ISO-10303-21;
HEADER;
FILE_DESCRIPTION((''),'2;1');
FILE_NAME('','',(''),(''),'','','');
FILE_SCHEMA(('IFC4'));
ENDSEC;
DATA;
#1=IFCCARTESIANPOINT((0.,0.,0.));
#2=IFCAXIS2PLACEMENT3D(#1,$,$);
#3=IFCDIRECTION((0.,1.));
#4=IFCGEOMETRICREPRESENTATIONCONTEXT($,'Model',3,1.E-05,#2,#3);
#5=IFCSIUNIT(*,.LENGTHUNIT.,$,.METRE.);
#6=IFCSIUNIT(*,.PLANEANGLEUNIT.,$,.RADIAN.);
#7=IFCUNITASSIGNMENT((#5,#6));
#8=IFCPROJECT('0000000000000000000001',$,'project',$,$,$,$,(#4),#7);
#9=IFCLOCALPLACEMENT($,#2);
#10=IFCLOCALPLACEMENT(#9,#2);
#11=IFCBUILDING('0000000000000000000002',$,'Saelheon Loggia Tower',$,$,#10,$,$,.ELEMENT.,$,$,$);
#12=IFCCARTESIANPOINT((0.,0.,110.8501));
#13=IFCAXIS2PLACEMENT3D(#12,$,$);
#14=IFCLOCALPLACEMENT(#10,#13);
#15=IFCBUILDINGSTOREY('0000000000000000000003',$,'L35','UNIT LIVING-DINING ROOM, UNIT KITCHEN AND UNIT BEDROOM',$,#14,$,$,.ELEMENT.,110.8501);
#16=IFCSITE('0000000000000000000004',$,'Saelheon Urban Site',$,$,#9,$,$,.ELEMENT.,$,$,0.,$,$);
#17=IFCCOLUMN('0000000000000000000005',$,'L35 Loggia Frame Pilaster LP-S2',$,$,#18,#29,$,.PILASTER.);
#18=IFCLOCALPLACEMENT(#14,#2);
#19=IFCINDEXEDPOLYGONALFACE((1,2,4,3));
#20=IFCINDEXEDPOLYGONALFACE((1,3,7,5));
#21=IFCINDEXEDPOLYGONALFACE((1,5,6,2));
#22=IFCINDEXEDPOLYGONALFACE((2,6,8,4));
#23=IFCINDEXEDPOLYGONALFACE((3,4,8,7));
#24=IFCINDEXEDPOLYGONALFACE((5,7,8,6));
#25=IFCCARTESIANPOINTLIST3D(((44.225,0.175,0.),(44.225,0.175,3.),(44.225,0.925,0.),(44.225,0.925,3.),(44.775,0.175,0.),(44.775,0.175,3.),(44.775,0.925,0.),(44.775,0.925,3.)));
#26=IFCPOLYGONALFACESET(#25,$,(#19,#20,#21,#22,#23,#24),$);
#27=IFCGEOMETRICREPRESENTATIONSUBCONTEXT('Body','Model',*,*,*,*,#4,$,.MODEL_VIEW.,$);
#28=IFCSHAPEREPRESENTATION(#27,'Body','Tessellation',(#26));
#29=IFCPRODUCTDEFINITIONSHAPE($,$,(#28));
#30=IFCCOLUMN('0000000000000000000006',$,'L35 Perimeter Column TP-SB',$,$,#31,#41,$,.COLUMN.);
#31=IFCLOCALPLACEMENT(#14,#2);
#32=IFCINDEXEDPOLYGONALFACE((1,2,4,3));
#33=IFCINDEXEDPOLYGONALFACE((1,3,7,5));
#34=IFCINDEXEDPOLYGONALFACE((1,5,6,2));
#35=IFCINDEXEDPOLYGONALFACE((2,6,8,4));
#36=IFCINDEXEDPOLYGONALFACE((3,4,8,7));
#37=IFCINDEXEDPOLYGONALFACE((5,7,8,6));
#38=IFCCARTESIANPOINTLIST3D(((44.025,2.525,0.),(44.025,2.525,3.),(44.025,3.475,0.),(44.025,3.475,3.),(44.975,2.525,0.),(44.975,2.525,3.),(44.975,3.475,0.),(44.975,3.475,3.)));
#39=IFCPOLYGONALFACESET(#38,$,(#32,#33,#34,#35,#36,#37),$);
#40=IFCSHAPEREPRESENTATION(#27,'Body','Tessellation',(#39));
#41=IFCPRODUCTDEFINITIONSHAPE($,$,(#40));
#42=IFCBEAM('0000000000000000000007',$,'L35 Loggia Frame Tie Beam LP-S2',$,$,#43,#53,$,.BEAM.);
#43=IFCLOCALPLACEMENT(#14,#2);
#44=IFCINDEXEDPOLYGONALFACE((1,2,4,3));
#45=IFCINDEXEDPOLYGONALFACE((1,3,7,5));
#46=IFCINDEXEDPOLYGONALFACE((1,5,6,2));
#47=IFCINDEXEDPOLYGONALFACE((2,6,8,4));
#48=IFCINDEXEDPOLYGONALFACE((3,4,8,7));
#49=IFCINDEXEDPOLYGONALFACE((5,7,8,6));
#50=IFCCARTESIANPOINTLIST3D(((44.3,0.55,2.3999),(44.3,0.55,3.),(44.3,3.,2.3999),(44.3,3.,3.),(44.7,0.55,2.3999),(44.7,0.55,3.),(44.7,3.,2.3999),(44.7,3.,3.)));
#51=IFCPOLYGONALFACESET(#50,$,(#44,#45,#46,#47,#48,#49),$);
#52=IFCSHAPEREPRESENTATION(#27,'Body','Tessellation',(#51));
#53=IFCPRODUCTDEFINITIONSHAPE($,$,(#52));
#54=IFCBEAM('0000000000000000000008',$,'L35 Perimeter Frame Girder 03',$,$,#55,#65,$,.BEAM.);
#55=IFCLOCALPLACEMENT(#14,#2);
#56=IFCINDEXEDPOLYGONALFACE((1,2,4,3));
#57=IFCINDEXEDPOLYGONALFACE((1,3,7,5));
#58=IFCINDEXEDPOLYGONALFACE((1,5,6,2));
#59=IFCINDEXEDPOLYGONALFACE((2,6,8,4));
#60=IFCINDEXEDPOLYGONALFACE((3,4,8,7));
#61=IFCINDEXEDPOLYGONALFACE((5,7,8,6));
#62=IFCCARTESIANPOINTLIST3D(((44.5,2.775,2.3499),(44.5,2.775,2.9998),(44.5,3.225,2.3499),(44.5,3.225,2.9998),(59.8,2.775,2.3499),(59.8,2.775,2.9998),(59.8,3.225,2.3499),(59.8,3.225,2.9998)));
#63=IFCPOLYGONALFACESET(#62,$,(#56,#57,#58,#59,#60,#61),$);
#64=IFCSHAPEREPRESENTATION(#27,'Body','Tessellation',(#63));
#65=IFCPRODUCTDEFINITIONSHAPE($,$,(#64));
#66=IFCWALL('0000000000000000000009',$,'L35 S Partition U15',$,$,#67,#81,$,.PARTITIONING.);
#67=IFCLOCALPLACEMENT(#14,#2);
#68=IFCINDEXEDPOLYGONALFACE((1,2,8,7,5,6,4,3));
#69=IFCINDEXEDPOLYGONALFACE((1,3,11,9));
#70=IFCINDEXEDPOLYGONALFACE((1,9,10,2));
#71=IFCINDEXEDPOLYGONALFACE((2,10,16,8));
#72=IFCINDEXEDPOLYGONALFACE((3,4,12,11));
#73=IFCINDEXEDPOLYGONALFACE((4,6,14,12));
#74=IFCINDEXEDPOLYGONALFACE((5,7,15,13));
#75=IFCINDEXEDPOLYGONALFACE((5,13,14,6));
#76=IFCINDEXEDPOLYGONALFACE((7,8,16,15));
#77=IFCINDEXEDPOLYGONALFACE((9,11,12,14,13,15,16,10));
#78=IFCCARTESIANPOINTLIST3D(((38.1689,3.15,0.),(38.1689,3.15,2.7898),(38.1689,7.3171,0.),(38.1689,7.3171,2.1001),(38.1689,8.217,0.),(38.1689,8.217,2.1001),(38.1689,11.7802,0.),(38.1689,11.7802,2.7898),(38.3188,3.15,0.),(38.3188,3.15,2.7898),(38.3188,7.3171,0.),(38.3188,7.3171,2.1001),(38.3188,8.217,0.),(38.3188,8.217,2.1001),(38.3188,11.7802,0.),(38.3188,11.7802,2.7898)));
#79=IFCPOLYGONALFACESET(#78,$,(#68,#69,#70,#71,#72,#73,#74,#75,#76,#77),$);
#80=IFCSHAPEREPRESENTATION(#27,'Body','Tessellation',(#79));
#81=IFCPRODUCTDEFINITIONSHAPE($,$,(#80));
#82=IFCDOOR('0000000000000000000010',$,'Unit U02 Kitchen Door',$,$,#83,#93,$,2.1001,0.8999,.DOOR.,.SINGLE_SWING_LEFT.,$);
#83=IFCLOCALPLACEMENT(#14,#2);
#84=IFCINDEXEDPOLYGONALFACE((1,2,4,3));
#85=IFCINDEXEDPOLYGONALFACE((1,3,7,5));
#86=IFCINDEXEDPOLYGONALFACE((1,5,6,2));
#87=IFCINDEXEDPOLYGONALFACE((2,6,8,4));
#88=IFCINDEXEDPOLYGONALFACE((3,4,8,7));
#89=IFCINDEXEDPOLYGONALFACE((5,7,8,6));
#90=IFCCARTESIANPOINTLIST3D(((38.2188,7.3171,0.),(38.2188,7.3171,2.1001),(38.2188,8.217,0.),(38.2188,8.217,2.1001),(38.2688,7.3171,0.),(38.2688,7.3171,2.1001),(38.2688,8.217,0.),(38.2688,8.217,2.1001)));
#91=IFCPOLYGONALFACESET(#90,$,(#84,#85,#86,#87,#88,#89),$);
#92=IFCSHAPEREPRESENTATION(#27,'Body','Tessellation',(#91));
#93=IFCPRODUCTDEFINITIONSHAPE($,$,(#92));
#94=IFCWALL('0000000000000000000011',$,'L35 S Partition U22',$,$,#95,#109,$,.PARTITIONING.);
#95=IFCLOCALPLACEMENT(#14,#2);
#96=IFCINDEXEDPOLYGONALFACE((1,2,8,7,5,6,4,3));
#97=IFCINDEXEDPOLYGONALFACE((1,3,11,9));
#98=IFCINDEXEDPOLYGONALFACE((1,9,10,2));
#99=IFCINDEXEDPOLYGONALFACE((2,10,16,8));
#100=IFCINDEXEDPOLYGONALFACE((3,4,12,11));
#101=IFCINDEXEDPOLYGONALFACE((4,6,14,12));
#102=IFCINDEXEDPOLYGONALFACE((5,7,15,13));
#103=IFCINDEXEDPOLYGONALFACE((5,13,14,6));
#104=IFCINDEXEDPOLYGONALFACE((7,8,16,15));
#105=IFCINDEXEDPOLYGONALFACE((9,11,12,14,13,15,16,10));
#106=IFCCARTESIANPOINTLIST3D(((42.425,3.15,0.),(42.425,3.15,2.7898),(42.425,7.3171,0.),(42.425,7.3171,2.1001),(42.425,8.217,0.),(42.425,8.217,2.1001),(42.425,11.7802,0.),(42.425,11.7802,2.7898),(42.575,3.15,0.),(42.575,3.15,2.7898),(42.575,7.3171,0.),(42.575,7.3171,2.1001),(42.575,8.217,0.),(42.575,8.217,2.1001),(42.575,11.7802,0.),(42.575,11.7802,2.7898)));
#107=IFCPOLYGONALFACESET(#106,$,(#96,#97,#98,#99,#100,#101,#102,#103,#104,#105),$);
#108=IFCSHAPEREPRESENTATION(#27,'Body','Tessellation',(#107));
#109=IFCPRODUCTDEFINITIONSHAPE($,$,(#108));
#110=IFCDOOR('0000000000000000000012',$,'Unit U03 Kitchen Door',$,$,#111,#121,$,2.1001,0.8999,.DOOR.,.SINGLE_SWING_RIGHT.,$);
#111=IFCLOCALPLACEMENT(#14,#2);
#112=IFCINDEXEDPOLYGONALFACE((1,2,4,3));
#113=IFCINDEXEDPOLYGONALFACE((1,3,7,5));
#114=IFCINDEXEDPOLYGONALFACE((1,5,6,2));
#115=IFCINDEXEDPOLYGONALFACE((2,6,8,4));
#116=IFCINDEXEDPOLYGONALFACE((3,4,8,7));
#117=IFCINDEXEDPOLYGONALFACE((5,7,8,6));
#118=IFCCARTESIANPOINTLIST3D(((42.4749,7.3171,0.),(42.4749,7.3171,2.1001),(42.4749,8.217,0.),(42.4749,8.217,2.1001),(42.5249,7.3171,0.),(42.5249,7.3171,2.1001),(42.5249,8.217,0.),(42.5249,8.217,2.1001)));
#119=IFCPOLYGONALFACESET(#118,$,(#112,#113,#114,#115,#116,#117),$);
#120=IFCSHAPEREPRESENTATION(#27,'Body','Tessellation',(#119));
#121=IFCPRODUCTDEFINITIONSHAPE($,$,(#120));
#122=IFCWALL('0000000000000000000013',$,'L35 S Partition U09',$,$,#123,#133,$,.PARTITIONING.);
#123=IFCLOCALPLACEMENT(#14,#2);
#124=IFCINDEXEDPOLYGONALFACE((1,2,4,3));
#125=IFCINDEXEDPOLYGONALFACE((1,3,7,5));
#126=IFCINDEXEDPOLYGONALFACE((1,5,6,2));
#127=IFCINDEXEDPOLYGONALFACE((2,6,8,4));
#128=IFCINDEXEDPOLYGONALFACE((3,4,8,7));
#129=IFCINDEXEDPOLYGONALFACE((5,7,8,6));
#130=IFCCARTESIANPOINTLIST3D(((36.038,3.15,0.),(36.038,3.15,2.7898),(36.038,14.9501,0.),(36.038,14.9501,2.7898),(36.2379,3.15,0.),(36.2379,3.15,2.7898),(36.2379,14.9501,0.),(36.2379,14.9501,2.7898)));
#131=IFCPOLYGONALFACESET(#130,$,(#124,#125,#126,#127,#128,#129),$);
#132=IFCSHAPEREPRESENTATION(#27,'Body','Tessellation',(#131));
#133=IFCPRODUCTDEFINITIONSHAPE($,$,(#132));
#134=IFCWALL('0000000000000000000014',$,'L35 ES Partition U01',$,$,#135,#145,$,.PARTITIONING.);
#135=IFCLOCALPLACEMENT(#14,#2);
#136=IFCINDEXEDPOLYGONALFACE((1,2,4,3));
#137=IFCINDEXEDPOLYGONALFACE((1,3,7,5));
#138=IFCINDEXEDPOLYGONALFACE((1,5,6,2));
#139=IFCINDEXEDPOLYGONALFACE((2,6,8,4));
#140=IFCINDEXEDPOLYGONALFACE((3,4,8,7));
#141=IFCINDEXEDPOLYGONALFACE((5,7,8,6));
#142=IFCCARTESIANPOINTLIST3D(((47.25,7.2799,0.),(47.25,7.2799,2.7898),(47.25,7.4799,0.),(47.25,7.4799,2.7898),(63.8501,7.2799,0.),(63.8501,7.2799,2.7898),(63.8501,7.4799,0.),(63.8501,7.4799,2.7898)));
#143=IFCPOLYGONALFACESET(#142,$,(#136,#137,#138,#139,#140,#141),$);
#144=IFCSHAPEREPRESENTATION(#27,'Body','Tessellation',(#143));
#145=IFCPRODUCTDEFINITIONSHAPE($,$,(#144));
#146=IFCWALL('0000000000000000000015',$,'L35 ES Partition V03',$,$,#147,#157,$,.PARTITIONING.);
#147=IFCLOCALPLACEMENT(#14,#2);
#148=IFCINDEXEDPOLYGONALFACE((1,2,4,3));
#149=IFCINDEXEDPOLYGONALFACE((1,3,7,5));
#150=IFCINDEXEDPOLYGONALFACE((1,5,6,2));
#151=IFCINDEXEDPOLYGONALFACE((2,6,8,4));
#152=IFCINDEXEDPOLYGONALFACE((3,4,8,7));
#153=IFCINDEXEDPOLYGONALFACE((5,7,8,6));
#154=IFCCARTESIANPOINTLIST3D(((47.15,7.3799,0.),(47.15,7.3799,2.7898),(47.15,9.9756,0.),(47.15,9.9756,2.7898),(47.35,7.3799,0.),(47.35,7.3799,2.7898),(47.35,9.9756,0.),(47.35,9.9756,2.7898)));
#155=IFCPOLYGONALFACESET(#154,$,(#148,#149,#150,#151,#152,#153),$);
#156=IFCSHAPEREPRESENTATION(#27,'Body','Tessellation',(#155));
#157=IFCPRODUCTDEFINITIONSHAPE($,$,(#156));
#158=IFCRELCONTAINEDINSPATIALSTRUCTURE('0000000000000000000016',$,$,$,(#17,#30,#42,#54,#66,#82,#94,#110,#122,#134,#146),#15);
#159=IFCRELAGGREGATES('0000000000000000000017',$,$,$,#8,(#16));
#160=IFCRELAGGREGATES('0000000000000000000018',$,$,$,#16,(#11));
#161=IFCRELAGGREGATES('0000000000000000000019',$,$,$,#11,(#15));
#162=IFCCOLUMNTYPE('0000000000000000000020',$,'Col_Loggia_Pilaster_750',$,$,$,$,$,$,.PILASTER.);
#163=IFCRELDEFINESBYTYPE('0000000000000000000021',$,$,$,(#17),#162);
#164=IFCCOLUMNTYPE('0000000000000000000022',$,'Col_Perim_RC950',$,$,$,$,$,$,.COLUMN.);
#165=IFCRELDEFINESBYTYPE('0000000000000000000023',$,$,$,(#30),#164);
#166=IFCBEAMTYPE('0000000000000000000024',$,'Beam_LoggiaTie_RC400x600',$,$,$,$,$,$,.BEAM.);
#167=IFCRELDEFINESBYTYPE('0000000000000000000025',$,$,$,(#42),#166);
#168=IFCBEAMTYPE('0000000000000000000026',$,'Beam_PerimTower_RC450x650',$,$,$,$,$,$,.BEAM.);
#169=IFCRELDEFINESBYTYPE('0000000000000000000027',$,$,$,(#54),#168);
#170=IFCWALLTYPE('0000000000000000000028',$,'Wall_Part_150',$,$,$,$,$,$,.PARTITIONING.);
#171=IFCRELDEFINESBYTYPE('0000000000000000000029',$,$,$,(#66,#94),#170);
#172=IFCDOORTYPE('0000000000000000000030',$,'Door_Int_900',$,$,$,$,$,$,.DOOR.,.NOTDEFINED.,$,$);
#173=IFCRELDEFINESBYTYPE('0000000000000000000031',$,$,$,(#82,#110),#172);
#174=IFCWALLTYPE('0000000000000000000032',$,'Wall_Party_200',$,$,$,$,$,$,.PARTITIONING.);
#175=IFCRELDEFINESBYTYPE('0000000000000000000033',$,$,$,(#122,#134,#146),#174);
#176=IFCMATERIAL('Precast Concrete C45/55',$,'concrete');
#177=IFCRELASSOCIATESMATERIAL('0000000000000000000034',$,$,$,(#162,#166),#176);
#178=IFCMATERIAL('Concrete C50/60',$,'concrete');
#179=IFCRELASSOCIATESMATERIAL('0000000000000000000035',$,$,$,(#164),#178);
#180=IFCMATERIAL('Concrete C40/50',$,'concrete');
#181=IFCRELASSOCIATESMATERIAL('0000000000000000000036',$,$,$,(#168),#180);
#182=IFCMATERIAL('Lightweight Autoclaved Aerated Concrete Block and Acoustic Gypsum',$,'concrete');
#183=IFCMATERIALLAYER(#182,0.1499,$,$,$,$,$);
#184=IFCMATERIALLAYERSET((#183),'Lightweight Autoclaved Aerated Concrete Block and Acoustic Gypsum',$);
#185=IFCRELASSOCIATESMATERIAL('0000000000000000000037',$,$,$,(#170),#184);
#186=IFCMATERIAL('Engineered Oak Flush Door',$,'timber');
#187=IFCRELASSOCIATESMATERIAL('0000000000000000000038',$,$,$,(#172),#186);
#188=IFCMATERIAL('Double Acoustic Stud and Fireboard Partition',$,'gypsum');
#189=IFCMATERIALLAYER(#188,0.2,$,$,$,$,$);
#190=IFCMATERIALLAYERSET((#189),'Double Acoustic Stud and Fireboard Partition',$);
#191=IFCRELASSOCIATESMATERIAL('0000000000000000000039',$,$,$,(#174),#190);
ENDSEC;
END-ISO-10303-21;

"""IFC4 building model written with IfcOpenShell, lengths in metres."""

from ifc_helpers import new_model, si_unit, direction, frame, frame_2d, origin, origin_2d, place, context, subcontext, project, spatial, rectangle, extrude, source, transform, mapped, material, layer, layer_set, material_profile, profile_set, type_object, element, fill, save


model = new_model("IFC4")

# Units and contexts
model_context = context("Model", 3, precision=1e-05, world=origin(), true_north=direction((0.0, 1.0)))
body_context = subcontext(model_context, "Body", "Model", "MODEL_VIEW")
ifc_project = project(units=[si_unit("LENGTHUNIT", "METRE"), si_unit("PLANEANGLEUNIT", "RADIAN")], contexts=[model_context])

# Site, building, storey
site_placement = place(None, origin())
site = spatial("IfcSite", under=ifc_project, at=site_placement, Name="Saelheon Urban Site", CompositionType="ELEMENT", RefElevation=0.0)
building_placement = place(site_placement, origin())
building = spatial("IfcBuilding", under=site, at=building_placement, Name="Saelheon Loggia Tower", CompositionType="ELEMENT")
storey_placement = place(building_placement, frame((0.0, 0.0, 110.8501)))
storey = spatial("IfcBuildingStorey", under=building, at=storey_placement, Name="L35", Description="UNIT LIVING-DINING ROOM, UNIT KITCHEN AND UNIT BEDROOM", CompositionType="ELEMENT", Elevation=110.8501)

# Columns
ifc_material_1 = material(Name="Precast Concrete C45/55", Category="concrete")
ifc_material_profile_1 = material_profile(ifc_material_1, rectangle(XDim=0.55, YDim=0.75, at=origin_2d()), Name="RC-550x750")
ifc_profile_set_1 = profile_set([ifc_material_profile_1], Name="Precast Concrete C45/55")
column_type_1 = type_object("IfcColumnType", Name="Col_Loggia_Pilaster_750", PredefinedType="PILASTER", material=ifc_profile_set_1)
shared_shape_1 = source(origin(), body_context, "Body", "SweptSolid", [
    extrude(rectangle(XDim=0.55, YDim=0.75, at=origin_2d()), origin(), (0.0, 0.0, 1.0), 3.0),
])
column_1_placement = place(storey_placement, frame((44.5, 0.55, 0.0), z_axis=(0.0, 0.0, 1.0), x_axis=(1.0, 0.0, 0.0)))
element("IfcColumn", 1, at=column_1_placement, inside=storey, type_object=column_type_1, Name="L35 Loggia Frame Pilaster LP-S2", PredefinedType="PILASTER", context=body_context, shape_type="MappedRepresentation", body=[
    mapped(shared_shape_1, transform((0.0, 0.0, 0.0), scale=1.0)),
])
ifc_material_2 = material(Name="Concrete C50/60", Category="concrete")
ifc_material_profile_2 = material_profile(ifc_material_2, rectangle(XDim=0.95, YDim=0.95, at=origin_2d()), Name="RC-950x950")
ifc_profile_set_2 = profile_set([ifc_material_profile_2], Name="Concrete C50/60")
column_type_2 = type_object("IfcColumnType", Name="Col_Perim_RC950", PredefinedType="COLUMN", material=ifc_profile_set_2)
shared_shape_2 = source(origin(), body_context, "Body", "SweptSolid", [
    extrude(rectangle(XDim=0.95, YDim=0.95, at=origin_2d()), origin(), (0.0, 0.0, 1.0), 3.0),
])
column_2_placement = place(storey_placement, frame((44.5, 3.0, 0.0), z_axis=(0.0, 0.0, 1.0), x_axis=(1.0, 0.0, 0.0)))
element("IfcColumn", 2, at=column_2_placement, inside=storey, type_object=column_type_2, Name="L35 Perimeter Column TP-SB", PredefinedType="COLUMN", context=body_context, shape_type="MappedRepresentation", body=[
    mapped(shared_shape_2, transform((0.0, 0.0, 0.0), scale=1.0)),
])

# Beams
ifc_material_profile_3 = material_profile(ifc_material_1, rectangle(XDim=0.3999, YDim=0.6001, at=origin_2d()), Name="RC-400x600")
ifc_profile_set_3 = profile_set([ifc_material_profile_3], Name="Precast Concrete C45/55")
beam_type_1 = type_object("IfcBeamType", Name="Beam_LoggiaTie_RC400x600", PredefinedType="BEAM", material=ifc_profile_set_3)
shared_shape_3 = source(origin(), body_context, "Body", "SweptSolid", [
    extrude(rectangle(XDim=0.3999, YDim=0.6001, at=origin_2d()), origin(), (0.0, 0.0, 1.0), 2.45),
])
beam_1_placement = place(storey_placement, frame((44.5, 3.0, 2.7), z_axis=(0.0, -1.0, 0.0), x_axis=(1.0, 0.0, 0.0)))
element("IfcBeam", 3, at=beam_1_placement, inside=storey, type_object=beam_type_1, Name="L35 Loggia Frame Tie Beam LP-S2", PredefinedType="BEAM", context=body_context, shape_type="MappedRepresentation", body=[
    mapped(shared_shape_3, transform((0.0, 0.0, 0.0), scale=1.0)),
])
ifc_material_3 = material(Name="Concrete C40/50", Category="concrete")
ifc_material_profile_4 = material_profile(ifc_material_3, rectangle(XDim=0.45, YDim=0.6499, at=origin_2d()), Name="RC-450x650")
ifc_profile_set_4 = profile_set([ifc_material_profile_4], Name="Concrete C40/50")
beam_type_2 = type_object("IfcBeamType", Name="Beam_PerimTower_RC450x650", PredefinedType="BEAM", material=ifc_profile_set_4)
shared_shape_4 = source(origin(), body_context, "Body", "SweptSolid", [
    extrude(rectangle(XDim=0.45, YDim=0.6499, at=origin_2d()), origin(), (0.0, 0.0, 1.0), 15.3),
])
beam_2_placement = place(storey_placement, frame((44.5, 3.0, 2.6748), z_axis=(1.0, 0.0, 0.0), x_axis=(0.0, 1.0, 0.0)))
element("IfcBeam", 4, at=beam_2_placement, inside=storey, type_object=beam_type_2, Name="L35 Perimeter Frame Girder 03", PredefinedType="BEAM", context=body_context, shape_type="MappedRepresentation", body=[
    mapped(shared_shape_4, transform((0.0, 0.0, 0.0), scale=1.0)),
])

# Walls, openings, doors
ifc_material_4 = material(Name="Lightweight Autoclaved Aerated Concrete Block and Acoustic Gypsum", Category="concrete")
ifc_layer_1 = layer(ifc_material_4, 0.1499)
ifc_layer_set_1 = layer_set([ifc_layer_1], Name="Lightweight Autoclaved Aerated Concrete Block and Acoustic Gypsum")
wall_type_1 = type_object("IfcWallType", Name="Wall_Part_150", PredefinedType="PARTITIONING", material=ifc_layer_set_1)
wall_1_placement = place(storey_placement, frame((38.2439, 11.78, 0.0), z_axis=(0.0, 0.0, 1.0), x_axis=(0.0, -1.0, 0.0)))
wall_1 = element("IfcWall", 5, at=wall_1_placement, inside=storey, type_object=wall_type_1, Name="L35 S Partition U15", PredefinedType="PARTITIONING", context=body_context, shape_type="SweptSolid", body=[
    extrude(rectangle(XDim=8.6301, YDim=0.1499, at=frame_2d((4.3149, 0.0))), origin(), (0.0, 0.0, 1.0), 2.7898),
])
opening_1_placement = place(wall_1_placement, frame((3.563, 0.0, 0.0)))
opening_1 = element("IfcOpeningElement", 6, at=opening_1_placement, cuts=wall_1, PredefinedType="OPENING", context=body_context, shape_type="SweptSolid", body=[
    extrude(rectangle(XDim=0.8999, YDim=2.1001, at=frame_2d((0.45, 1.05))), frame((0.0, 0.0869, 0.0), z_axis=(0.0, -1.0, 0.0), x_axis=(1.0, 0.0, 0.0)), (0.0, 0.0, 1.0), 0.1738),
])
ifc_material_5 = material(Name="Engineered Oak Flush Door", Category="timber")
door_type_1 = type_object("IfcDoorType", Name="Door_Int_900", OperationType="NOTDEFINED", PredefinedType="DOOR", material=ifc_material_5)
shared_shape_5 = source(origin(), body_context, "Body", "SweptSolid", [
    extrude(rectangle(XDim=0.8999, YDim=2.1001, at=frame_2d((0.45, 1.05))), frame((0.0, 0.0249, 0.0), z_axis=(0.0, -1.0, 0.0), x_axis=(1.0, 0.0, 0.0)), (0.0, 0.0, 1.0), 0.05),
])
door_1_placement = place(opening_1_placement, origin())
door_1 = element("IfcDoor", 7, at=door_1_placement, inside=storey, type_object=door_type_1, Name="Unit U02 Kitchen Door", OperationType="SINGLE_SWING_LEFT", OverallHeight=2.1001, OverallWidth=0.8999, PredefinedType="DOOR", context=body_context, shape_type="MappedRepresentation", body=[
    mapped(shared_shape_5, transform((0.0, 0.0, 0.0), scale=1.0)),
])
fill(opening_1, door_1)
wall_2_placement = place(storey_placement, frame((42.5, 11.78, 0.0), z_axis=(0.0, 0.0, 1.0), x_axis=(0.0, -1.0, 0.0)))
wall_2 = element("IfcWall", 8, at=wall_2_placement, inside=storey, type_object=wall_type_1, Name="L35 S Partition U22", PredefinedType="PARTITIONING", context=body_context, shape_type="SweptSolid", body=[
    extrude(rectangle(XDim=8.6301, YDim=0.1499, at=frame_2d((4.3149, 0.0))), origin(), (0.0, 0.0, 1.0), 2.7898),
])
opening_2_placement = place(wall_2_placement, frame((3.563, 0.0, 0.0)))
opening_2 = element("IfcOpeningElement", 9, at=opening_2_placement, cuts=wall_2, PredefinedType="OPENING", context=body_context, shape_type="SweptSolid", body=[
    extrude(rectangle(XDim=0.8999, YDim=2.1001, at=frame_2d((0.45, 1.05))), frame((0.0, 0.0869, 0.0), z_axis=(0.0, -1.0, 0.0), x_axis=(1.0, 0.0, 0.0)), (0.0, 0.0, 1.0), 0.1738),
])
door_2_placement = place(opening_2_placement, origin())
door_2 = element("IfcDoor", 10, at=door_2_placement, inside=storey, type_object=door_type_1, Name="Unit U03 Kitchen Door", OperationType="SINGLE_SWING_RIGHT", OverallHeight=2.1001, OverallWidth=0.8999, PredefinedType="DOOR", context=body_context, shape_type="MappedRepresentation", body=[
    mapped(shared_shape_5, transform((0.0, 0.0, 0.0), scale=1.0)),
])
fill(opening_2, door_2)

# Wall
ifc_material_6 = material(Name="Double Acoustic Stud and Fireboard Partition", Category="gypsum")
ifc_layer_2 = layer(ifc_material_6, 0.2)
ifc_layer_set_2 = layer_set([ifc_layer_2], Name="Double Acoustic Stud and Fireboard Partition")
wall_type_2 = type_object("IfcWallType", Name="Wall_Party_200", PredefinedType="PARTITIONING", material=ifc_layer_set_2)
wall_3_placement = place(storey_placement, frame((36.1379, 14.95, 0.0), z_axis=(0.0, 0.0, 1.0), x_axis=(0.0, -1.0, 0.0)))
element("IfcWall", 11, at=wall_3_placement, inside=storey, type_object=wall_type_2, Name="L35 S Partition U09", PredefinedType="PARTITIONING", context=body_context, shape_type="SweptSolid", body=[
    extrude(rectangle(XDim=11.8, YDim=0.2, at=frame_2d((5.8999, 0.0))), origin(), (0.0, 0.0, 1.0), 2.7898),
])

# Walls
wall_4_placement = place(storey_placement, frame((47.25, 7.3799, 0.0), z_axis=(0.0, 0.0, 1.0), x_axis=(1.0, 0.0, 0.0)))
element("IfcWall", 12, at=wall_4_placement, inside=storey, type_object=wall_type_2, Name="L35 ES Partition U01", PredefinedType="PARTITIONING", context=body_context, shape_type="SweptSolid", body=[
    extrude(rectangle(XDim=16.6001, YDim=0.2, at=frame_2d((8.3, 0.0))), origin(), (0.0, 0.0, 1.0), 2.7898),
])
wall_5_placement = place(storey_placement, frame((47.25, 7.3799, 0.0), z_axis=(0.0, 0.0, 1.0), x_axis=(0.0, 1.0, 0.0)))
element("IfcWall", 13, at=wall_5_placement, inside=storey, type_object=wall_type_2, Name="L35 ES Partition V03", PredefinedType="PARTITIONING", context=body_context, shape_type="SweptSolid", body=[
    extrude(rectangle(XDim=2.5957, YDim=0.2, at=frame_2d((1.2979, 0.0))), origin(), (0.0, 0.0, 1.0), 2.7898),
])

save(model, "model.ifc")
